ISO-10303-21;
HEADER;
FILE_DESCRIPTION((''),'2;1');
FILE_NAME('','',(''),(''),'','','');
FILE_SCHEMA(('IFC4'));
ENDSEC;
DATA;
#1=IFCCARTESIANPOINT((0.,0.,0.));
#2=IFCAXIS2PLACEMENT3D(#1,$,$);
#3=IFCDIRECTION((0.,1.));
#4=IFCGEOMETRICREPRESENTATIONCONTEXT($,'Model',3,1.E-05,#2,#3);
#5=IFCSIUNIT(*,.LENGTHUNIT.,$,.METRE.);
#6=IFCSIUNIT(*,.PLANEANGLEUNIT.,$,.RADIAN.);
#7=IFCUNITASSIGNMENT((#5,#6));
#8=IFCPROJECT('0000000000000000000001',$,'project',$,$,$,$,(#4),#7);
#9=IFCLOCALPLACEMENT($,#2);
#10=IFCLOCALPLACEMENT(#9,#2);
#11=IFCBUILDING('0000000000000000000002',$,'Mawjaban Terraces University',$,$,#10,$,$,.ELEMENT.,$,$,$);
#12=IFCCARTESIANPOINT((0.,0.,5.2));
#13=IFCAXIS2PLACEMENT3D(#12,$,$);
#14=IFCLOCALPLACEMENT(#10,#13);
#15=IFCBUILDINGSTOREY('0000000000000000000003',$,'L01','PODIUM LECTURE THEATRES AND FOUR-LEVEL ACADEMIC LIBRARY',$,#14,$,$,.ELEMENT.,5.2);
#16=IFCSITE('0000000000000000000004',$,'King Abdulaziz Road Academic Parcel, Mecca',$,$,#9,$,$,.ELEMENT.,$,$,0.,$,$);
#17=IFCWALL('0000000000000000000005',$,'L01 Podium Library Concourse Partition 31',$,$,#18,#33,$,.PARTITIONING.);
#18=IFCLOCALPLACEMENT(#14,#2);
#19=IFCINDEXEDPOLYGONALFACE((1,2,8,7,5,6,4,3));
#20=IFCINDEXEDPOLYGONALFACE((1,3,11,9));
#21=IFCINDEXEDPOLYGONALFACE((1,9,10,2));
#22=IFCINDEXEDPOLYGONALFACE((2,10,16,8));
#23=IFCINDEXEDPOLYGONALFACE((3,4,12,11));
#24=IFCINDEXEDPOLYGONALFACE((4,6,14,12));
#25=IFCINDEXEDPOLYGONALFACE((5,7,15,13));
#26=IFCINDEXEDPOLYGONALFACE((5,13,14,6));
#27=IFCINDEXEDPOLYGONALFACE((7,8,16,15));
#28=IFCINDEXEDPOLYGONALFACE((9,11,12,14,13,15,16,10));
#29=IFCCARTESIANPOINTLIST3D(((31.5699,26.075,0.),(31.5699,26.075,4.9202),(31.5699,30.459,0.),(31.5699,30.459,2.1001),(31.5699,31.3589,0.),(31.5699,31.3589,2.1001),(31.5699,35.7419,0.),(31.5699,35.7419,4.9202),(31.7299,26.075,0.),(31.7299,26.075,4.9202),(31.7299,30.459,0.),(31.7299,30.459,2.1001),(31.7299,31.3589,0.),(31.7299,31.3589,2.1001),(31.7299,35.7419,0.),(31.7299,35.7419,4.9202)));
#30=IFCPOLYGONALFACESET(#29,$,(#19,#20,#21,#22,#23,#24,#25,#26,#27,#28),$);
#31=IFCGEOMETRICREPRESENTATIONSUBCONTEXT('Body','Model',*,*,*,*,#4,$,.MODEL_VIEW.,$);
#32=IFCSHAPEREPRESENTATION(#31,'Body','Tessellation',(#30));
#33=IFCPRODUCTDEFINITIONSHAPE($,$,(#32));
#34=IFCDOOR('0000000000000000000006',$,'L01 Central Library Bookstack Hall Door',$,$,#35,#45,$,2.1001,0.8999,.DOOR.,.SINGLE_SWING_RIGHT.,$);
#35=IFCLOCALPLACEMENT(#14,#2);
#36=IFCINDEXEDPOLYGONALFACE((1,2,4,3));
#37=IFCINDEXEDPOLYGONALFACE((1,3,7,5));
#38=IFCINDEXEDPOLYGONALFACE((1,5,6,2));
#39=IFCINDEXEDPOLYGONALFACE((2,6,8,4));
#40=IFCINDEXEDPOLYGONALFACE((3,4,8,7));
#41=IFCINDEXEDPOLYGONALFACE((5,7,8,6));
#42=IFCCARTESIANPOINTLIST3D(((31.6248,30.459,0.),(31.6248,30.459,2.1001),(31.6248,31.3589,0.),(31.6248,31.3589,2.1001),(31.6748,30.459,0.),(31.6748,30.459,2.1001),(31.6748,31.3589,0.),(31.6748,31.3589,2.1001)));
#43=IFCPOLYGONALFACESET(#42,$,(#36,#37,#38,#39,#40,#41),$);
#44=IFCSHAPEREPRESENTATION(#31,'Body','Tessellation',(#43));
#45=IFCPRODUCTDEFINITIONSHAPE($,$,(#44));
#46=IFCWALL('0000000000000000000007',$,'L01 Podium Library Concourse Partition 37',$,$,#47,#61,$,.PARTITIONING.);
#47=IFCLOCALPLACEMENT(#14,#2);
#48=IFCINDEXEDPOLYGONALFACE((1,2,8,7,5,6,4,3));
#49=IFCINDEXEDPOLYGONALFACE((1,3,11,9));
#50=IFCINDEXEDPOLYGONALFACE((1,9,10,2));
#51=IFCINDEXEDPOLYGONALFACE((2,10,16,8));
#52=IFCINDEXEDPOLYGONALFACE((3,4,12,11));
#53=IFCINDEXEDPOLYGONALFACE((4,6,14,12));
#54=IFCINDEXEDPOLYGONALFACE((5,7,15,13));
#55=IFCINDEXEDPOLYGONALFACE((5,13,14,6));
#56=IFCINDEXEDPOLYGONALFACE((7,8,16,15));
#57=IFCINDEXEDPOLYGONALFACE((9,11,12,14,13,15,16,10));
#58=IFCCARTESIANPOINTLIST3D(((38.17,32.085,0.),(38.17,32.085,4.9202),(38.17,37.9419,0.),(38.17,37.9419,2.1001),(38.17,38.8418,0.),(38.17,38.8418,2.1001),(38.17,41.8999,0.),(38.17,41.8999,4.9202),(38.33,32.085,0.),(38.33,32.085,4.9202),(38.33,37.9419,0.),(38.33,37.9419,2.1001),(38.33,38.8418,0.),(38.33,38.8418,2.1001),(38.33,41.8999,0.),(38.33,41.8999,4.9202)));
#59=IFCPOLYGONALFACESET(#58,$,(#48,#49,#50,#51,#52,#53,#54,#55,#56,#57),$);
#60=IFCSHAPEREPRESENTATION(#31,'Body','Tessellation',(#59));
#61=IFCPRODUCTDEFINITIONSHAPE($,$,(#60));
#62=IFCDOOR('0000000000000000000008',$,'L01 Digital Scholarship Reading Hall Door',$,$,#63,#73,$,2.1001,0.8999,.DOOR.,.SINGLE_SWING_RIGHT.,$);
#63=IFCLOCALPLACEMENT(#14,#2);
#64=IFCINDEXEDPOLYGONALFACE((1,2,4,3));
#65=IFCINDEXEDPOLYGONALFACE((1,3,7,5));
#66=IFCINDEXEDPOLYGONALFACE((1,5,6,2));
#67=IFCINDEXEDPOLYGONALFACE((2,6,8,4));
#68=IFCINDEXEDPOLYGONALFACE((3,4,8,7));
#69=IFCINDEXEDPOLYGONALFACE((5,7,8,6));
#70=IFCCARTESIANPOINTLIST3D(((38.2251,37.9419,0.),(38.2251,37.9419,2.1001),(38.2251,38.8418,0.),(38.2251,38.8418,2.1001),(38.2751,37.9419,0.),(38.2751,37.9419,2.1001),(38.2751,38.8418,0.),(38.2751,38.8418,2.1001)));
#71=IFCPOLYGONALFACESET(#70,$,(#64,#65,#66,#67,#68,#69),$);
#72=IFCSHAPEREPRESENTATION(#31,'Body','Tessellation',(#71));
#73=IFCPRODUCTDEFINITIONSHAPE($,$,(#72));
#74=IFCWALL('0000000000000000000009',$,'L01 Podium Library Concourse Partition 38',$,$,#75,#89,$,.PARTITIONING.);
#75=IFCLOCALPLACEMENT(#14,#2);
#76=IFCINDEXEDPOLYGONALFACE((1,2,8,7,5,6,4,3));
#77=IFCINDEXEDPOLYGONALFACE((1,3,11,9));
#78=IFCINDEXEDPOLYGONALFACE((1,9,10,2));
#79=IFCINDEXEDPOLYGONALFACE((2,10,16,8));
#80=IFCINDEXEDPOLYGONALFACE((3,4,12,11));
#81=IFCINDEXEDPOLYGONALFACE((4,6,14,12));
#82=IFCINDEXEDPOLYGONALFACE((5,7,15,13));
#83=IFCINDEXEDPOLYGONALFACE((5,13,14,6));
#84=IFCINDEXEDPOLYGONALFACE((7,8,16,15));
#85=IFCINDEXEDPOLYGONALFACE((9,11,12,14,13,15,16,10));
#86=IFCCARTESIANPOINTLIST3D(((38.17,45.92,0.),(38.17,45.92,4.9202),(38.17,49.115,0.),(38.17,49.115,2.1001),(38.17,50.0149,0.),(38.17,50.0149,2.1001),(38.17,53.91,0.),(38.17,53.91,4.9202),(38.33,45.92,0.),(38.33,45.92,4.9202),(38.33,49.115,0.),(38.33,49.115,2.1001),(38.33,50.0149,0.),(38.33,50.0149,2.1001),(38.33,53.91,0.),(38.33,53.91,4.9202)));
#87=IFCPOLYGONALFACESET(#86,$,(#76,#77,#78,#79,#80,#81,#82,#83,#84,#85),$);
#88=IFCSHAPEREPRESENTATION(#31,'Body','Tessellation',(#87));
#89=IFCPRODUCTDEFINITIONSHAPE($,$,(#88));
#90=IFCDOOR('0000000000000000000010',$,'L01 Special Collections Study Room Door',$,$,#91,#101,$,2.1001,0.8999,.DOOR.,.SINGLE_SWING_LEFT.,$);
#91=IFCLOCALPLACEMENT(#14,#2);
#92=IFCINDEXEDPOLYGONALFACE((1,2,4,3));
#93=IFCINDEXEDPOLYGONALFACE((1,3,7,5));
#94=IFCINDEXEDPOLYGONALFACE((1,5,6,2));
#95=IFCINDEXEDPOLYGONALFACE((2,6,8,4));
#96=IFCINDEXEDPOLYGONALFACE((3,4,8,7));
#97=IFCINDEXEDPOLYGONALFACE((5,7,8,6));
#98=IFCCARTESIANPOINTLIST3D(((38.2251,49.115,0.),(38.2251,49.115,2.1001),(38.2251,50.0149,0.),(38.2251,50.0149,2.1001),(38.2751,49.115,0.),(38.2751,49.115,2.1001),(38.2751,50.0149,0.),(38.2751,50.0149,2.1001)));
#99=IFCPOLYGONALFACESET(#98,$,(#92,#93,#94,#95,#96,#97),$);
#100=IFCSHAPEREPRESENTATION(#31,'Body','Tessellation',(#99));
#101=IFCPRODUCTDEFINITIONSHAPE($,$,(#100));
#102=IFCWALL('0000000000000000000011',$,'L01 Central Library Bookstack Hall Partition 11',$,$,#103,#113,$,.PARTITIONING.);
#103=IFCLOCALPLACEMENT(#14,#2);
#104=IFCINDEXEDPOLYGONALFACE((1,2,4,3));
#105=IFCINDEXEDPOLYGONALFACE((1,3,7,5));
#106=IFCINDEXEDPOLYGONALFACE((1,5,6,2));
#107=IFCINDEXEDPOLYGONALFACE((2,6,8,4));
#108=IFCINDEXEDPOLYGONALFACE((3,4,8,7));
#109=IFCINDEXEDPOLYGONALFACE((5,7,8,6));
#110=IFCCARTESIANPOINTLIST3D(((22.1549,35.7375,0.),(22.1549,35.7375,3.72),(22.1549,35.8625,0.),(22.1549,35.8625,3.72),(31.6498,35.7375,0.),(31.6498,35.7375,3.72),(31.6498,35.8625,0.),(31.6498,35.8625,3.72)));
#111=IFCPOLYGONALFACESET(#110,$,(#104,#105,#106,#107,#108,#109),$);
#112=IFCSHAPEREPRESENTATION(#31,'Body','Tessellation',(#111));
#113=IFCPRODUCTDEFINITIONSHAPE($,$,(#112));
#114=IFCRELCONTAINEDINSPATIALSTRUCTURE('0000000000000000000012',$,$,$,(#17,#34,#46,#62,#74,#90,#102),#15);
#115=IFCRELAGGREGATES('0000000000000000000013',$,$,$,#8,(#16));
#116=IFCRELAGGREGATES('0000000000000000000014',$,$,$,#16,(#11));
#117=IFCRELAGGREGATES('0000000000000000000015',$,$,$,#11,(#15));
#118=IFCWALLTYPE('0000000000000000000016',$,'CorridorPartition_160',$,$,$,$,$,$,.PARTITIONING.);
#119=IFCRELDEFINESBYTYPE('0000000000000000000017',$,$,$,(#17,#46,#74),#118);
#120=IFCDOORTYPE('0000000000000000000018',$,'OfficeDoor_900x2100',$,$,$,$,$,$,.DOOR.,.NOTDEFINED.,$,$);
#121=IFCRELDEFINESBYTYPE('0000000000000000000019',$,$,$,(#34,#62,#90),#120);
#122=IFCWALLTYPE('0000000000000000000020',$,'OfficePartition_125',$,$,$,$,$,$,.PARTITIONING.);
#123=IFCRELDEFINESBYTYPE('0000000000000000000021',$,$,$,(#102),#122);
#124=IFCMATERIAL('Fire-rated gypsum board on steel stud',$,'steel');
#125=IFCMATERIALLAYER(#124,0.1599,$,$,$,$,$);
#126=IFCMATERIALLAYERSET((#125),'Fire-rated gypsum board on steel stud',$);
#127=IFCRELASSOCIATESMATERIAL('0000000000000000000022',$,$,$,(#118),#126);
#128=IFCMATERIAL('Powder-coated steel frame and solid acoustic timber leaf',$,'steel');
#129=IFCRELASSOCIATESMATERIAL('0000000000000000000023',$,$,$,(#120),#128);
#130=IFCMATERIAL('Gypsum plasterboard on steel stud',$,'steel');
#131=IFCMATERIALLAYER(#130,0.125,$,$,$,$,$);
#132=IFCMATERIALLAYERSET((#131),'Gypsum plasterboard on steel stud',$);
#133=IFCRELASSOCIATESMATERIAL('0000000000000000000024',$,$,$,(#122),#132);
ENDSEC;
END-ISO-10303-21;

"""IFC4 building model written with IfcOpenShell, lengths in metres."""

from ifc_helpers import new_model, si_unit, direction, frame, frame_2d, origin, place, context, subcontext, project, spatial, rectangle, extrude, material, layer, layer_set, type_object, element, fill, save


model = new_model("IFC4")

# Units and contexts
model_context = context("Model", 3, precision=1e-05, world=origin(), true_north=direction((0.0, 1.0)))
body_context = subcontext(model_context, "Body", "Model", "MODEL_VIEW")
ifc_project = project(units=[si_unit("LENGTHUNIT", "METRE"), si_unit("PLANEANGLEUNIT", "RADIAN")], contexts=[model_context])

# Site, building, storey
site_placement = place(None, origin())
site = spatial("IfcSite", under=ifc_project, at=site_placement, Name="King Abdulaziz Road Academic Parcel, Mecca", CompositionType="ELEMENT", RefElevation=0.0)
building_placement = place(site_placement, origin())
building = spatial("IfcBuilding", under=site, at=building_placement, Name="Mawjaban Terraces University", CompositionType="ELEMENT")
storey_placement = place(building_placement, frame((0.0, 0.0, 5.2)))
storey = spatial("IfcBuildingStorey", under=building, at=storey_placement, Name="L01", Description="PODIUM LECTURE THEATRES AND FOUR-LEVEL ACADEMIC LIBRARY", CompositionType="ELEMENT", Elevation=5.2)

# Shared definitions
ifc_material_1 = material(Name="Fire-rated gypsum board on steel stud", Category="steel")
ifc_layer_1 = layer(ifc_material_1, 0.1599)
ifc_layer_set_1 = layer_set([ifc_layer_1], Name="Fire-rated gypsum board on steel stud")
wall_type_1 = type_object("IfcWallType", Name="CorridorPartition_160", PredefinedType="PARTITIONING", material=ifc_layer_set_1)

# Walls, openings, doors
wall_1_placement = place(storey_placement, frame((31.6499, 35.7419, 0.0), z_axis=(0.0, 0.0, 1.0), x_axis=(0.0, -1.0, 0.0)))
wall_1 = element("IfcWall", 1, at=wall_1_placement, inside=storey, type_object=wall_type_1, Name="L01 Podium Library Concourse Partition 31", PredefinedType="PARTITIONING", context=body_context, shape_type="SweptSolid", body=[
    extrude(rectangle(XDim=9.667, YDim=0.1599, at=frame_2d((4.8335, 0.0))), origin(), (0.0, 0.0, 1.0), 4.9202),
])
opening_1_placement = place(wall_1_placement, frame((4.3831, 0.0, 0.0)))
opening_1 = element("IfcOpeningElement", 2, at=opening_1_placement, cuts=wall_1, PredefinedType="OPENING", context=body_context, shape_type="SweptSolid", body=[
    extrude(rectangle(XDim=0.8999, YDim=2.1001, at=frame_2d((0.45, 1.05))), frame((0.0, 0.0898, 0.0), z_axis=(0.0, -1.0, 0.0), x_axis=(1.0, 0.0, 0.0)), (0.0, 0.0, 1.0), 0.1799),
])
ifc_material_2 = material(Name="Powder-coated steel frame and solid acoustic timber leaf", Category="steel")
door_type_1 = type_object("IfcDoorType", Name="OfficeDoor_900x2100", OperationType="NOTDEFINED", PredefinedType="DOOR", material=ifc_material_2)
door_1_placement = place(opening_1_placement, origin())
door_1 = element("IfcDoor", 3, at=door_1_placement, inside=storey, type_object=door_type_1, Name="L01 Central Library Bookstack Hall Door", OperationType="SINGLE_SWING_RIGHT", OverallHeight=2.1001, OverallWidth=0.8999, PredefinedType="DOOR", context=body_context, shape_type="SweptSolid", body=[
    extrude(rectangle(XDim=0.8999, YDim=2.1001, at=frame_2d((0.45, 1.05))), frame((0.0, 0.0249, 0.0), z_axis=(0.0, -1.0, 0.0), x_axis=(1.0, 0.0, 0.0)), (0.0, 0.0, 1.0), 0.05),
])
fill(opening_1, door_1)
wall_2_placement = place(storey_placement, frame((38.25, 32.085, 0.0), z_axis=(0.0, 0.0, 1.0), x_axis=(0.0, 1.0, 0.0)))
wall_2 = element("IfcWall", 4, at=wall_2_placement, inside=storey, type_object=wall_type_1, Name="L01 Podium Library Concourse Partition 37", PredefinedType="PARTITIONING", context=body_context, shape_type="SweptSolid", body=[
    extrude(rectangle(XDim=9.8149, YDim=0.1599, at=frame_2d((4.9075, 0.0))), origin(), (0.0, 0.0, 1.0), 4.9202),
])
opening_2_placement = place(wall_2_placement, frame((5.8569, 0.0, 0.0)))
opening_2 = element("IfcOpeningElement", 5, at=opening_2_placement, cuts=wall_2, PredefinedType="OPENING", context=body_context, shape_type="SweptSolid", body=[
    extrude(rectangle(XDim=0.8999, YDim=2.1001, at=frame_2d((0.45, 1.05))), frame((0.0, 0.0898, 0.0), z_axis=(0.0, -1.0, 0.0), x_axis=(1.0, 0.0, 0.0)), (0.0, 0.0, 1.0), 0.1799),
])
door_2_placement = place(opening_2_placement, origin())
door_2 = element("IfcDoor", 6, at=door_2_placement, inside=storey, type_object=door_type_1, Name="L01 Digital Scholarship Reading Hall Door", OperationType="SINGLE_SWING_RIGHT", OverallHeight=2.1001, OverallWidth=0.8999, PredefinedType="DOOR", context=body_context, shape_type="SweptSolid", body=[
    extrude(rectangle(XDim=0.8999, YDim=2.1001, at=frame_2d((0.45, 1.05))), frame((0.0, 0.0249, 0.0), z_axis=(0.0, -1.0, 0.0), x_axis=(1.0, 0.0, 0.0)), (0.0, 0.0, 1.0), 0.05),
])
fill(opening_2, door_2)
wall_3_placement = place(storey_placement, frame((38.25, 45.9199, 0.0), z_axis=(0.0, 0.0, 1.0), x_axis=(0.0, 1.0, 0.0)))
wall_3 = element("IfcWall", 7, at=wall_3_placement, inside=storey, type_object=wall_type_1, Name="L01 Podium Library Concourse Partition 38", PredefinedType="PARTITIONING", context=body_context, shape_type="SweptSolid", body=[
    extrude(rectangle(XDim=7.99, YDim=0.1599, at=frame_2d((3.9951, 0.0))), origin(), (0.0, 0.0, 1.0), 4.9202),
])
opening_3_placement = place(wall_3_placement, frame((3.1951, 0.0, 0.0)))
opening_3 = element("IfcOpeningElement", 8, at=opening_3_placement, cuts=wall_3, PredefinedType="OPENING", context=body_context, shape_type="SweptSolid", body=[
    extrude(rectangle(XDim=0.8999, YDim=2.1001, at=frame_2d((0.45, 1.05))), frame((0.0, 0.0898, 0.0), z_axis=(0.0, -1.0, 0.0), x_axis=(1.0, 0.0, 0.0)), (0.0, 0.0, 1.0), 0.1799),
])
door_3_placement = place(opening_3_placement, origin())
door_3 = element("IfcDoor", 9, at=door_3_placement, inside=storey, type_object=door_type_1, Name="L01 Special Collections Study Room Door", OperationType="SINGLE_SWING_LEFT", OverallHeight=2.1001, OverallWidth=0.8999, PredefinedType="DOOR", context=body_context, shape_type="SweptSolid", body=[
    extrude(rectangle(XDim=0.8999, YDim=2.1001, at=frame_2d((0.45, 1.05))), frame((0.0, 0.0249, 0.0), z_axis=(0.0, -1.0, 0.0), x_axis=(1.0, 0.0, 0.0)), (0.0, 0.0, 1.0), 0.05),
])
fill(opening_3, door_3)

# Wall
ifc_material_3 = material(Name="Gypsum plasterboard on steel stud", Category="steel")
ifc_layer_2 = layer(ifc_material_3, 0.125)
ifc_layer_set_2 = layer_set([ifc_layer_2], Name="Gypsum plasterboard on steel stud")
wall_type_2 = type_object("IfcWallType", Name="OfficePartition_125", PredefinedType="PARTITIONING", material=ifc_layer_set_2)
wall_4_placement = place(storey_placement, frame((31.6499, 35.8, 0.0), z_axis=(0.0, 0.0, 1.0), x_axis=(-1.0, 0.0, 0.0)))
element("IfcWall", 10, at=wall_4_placement, inside=storey, type_object=wall_type_2, Name="L01 Central Library Bookstack Hall Partition 11", PredefinedType="PARTITIONING", context=body_context, shape_type="SweptSolid", body=[
    extrude(rectangle(XDim=9.4949, YDim=0.125, at=frame_2d((4.7476, 0.0))), origin(), (0.0, 0.0, 1.0), 3.72),
])

save(model, "model.ifc")
